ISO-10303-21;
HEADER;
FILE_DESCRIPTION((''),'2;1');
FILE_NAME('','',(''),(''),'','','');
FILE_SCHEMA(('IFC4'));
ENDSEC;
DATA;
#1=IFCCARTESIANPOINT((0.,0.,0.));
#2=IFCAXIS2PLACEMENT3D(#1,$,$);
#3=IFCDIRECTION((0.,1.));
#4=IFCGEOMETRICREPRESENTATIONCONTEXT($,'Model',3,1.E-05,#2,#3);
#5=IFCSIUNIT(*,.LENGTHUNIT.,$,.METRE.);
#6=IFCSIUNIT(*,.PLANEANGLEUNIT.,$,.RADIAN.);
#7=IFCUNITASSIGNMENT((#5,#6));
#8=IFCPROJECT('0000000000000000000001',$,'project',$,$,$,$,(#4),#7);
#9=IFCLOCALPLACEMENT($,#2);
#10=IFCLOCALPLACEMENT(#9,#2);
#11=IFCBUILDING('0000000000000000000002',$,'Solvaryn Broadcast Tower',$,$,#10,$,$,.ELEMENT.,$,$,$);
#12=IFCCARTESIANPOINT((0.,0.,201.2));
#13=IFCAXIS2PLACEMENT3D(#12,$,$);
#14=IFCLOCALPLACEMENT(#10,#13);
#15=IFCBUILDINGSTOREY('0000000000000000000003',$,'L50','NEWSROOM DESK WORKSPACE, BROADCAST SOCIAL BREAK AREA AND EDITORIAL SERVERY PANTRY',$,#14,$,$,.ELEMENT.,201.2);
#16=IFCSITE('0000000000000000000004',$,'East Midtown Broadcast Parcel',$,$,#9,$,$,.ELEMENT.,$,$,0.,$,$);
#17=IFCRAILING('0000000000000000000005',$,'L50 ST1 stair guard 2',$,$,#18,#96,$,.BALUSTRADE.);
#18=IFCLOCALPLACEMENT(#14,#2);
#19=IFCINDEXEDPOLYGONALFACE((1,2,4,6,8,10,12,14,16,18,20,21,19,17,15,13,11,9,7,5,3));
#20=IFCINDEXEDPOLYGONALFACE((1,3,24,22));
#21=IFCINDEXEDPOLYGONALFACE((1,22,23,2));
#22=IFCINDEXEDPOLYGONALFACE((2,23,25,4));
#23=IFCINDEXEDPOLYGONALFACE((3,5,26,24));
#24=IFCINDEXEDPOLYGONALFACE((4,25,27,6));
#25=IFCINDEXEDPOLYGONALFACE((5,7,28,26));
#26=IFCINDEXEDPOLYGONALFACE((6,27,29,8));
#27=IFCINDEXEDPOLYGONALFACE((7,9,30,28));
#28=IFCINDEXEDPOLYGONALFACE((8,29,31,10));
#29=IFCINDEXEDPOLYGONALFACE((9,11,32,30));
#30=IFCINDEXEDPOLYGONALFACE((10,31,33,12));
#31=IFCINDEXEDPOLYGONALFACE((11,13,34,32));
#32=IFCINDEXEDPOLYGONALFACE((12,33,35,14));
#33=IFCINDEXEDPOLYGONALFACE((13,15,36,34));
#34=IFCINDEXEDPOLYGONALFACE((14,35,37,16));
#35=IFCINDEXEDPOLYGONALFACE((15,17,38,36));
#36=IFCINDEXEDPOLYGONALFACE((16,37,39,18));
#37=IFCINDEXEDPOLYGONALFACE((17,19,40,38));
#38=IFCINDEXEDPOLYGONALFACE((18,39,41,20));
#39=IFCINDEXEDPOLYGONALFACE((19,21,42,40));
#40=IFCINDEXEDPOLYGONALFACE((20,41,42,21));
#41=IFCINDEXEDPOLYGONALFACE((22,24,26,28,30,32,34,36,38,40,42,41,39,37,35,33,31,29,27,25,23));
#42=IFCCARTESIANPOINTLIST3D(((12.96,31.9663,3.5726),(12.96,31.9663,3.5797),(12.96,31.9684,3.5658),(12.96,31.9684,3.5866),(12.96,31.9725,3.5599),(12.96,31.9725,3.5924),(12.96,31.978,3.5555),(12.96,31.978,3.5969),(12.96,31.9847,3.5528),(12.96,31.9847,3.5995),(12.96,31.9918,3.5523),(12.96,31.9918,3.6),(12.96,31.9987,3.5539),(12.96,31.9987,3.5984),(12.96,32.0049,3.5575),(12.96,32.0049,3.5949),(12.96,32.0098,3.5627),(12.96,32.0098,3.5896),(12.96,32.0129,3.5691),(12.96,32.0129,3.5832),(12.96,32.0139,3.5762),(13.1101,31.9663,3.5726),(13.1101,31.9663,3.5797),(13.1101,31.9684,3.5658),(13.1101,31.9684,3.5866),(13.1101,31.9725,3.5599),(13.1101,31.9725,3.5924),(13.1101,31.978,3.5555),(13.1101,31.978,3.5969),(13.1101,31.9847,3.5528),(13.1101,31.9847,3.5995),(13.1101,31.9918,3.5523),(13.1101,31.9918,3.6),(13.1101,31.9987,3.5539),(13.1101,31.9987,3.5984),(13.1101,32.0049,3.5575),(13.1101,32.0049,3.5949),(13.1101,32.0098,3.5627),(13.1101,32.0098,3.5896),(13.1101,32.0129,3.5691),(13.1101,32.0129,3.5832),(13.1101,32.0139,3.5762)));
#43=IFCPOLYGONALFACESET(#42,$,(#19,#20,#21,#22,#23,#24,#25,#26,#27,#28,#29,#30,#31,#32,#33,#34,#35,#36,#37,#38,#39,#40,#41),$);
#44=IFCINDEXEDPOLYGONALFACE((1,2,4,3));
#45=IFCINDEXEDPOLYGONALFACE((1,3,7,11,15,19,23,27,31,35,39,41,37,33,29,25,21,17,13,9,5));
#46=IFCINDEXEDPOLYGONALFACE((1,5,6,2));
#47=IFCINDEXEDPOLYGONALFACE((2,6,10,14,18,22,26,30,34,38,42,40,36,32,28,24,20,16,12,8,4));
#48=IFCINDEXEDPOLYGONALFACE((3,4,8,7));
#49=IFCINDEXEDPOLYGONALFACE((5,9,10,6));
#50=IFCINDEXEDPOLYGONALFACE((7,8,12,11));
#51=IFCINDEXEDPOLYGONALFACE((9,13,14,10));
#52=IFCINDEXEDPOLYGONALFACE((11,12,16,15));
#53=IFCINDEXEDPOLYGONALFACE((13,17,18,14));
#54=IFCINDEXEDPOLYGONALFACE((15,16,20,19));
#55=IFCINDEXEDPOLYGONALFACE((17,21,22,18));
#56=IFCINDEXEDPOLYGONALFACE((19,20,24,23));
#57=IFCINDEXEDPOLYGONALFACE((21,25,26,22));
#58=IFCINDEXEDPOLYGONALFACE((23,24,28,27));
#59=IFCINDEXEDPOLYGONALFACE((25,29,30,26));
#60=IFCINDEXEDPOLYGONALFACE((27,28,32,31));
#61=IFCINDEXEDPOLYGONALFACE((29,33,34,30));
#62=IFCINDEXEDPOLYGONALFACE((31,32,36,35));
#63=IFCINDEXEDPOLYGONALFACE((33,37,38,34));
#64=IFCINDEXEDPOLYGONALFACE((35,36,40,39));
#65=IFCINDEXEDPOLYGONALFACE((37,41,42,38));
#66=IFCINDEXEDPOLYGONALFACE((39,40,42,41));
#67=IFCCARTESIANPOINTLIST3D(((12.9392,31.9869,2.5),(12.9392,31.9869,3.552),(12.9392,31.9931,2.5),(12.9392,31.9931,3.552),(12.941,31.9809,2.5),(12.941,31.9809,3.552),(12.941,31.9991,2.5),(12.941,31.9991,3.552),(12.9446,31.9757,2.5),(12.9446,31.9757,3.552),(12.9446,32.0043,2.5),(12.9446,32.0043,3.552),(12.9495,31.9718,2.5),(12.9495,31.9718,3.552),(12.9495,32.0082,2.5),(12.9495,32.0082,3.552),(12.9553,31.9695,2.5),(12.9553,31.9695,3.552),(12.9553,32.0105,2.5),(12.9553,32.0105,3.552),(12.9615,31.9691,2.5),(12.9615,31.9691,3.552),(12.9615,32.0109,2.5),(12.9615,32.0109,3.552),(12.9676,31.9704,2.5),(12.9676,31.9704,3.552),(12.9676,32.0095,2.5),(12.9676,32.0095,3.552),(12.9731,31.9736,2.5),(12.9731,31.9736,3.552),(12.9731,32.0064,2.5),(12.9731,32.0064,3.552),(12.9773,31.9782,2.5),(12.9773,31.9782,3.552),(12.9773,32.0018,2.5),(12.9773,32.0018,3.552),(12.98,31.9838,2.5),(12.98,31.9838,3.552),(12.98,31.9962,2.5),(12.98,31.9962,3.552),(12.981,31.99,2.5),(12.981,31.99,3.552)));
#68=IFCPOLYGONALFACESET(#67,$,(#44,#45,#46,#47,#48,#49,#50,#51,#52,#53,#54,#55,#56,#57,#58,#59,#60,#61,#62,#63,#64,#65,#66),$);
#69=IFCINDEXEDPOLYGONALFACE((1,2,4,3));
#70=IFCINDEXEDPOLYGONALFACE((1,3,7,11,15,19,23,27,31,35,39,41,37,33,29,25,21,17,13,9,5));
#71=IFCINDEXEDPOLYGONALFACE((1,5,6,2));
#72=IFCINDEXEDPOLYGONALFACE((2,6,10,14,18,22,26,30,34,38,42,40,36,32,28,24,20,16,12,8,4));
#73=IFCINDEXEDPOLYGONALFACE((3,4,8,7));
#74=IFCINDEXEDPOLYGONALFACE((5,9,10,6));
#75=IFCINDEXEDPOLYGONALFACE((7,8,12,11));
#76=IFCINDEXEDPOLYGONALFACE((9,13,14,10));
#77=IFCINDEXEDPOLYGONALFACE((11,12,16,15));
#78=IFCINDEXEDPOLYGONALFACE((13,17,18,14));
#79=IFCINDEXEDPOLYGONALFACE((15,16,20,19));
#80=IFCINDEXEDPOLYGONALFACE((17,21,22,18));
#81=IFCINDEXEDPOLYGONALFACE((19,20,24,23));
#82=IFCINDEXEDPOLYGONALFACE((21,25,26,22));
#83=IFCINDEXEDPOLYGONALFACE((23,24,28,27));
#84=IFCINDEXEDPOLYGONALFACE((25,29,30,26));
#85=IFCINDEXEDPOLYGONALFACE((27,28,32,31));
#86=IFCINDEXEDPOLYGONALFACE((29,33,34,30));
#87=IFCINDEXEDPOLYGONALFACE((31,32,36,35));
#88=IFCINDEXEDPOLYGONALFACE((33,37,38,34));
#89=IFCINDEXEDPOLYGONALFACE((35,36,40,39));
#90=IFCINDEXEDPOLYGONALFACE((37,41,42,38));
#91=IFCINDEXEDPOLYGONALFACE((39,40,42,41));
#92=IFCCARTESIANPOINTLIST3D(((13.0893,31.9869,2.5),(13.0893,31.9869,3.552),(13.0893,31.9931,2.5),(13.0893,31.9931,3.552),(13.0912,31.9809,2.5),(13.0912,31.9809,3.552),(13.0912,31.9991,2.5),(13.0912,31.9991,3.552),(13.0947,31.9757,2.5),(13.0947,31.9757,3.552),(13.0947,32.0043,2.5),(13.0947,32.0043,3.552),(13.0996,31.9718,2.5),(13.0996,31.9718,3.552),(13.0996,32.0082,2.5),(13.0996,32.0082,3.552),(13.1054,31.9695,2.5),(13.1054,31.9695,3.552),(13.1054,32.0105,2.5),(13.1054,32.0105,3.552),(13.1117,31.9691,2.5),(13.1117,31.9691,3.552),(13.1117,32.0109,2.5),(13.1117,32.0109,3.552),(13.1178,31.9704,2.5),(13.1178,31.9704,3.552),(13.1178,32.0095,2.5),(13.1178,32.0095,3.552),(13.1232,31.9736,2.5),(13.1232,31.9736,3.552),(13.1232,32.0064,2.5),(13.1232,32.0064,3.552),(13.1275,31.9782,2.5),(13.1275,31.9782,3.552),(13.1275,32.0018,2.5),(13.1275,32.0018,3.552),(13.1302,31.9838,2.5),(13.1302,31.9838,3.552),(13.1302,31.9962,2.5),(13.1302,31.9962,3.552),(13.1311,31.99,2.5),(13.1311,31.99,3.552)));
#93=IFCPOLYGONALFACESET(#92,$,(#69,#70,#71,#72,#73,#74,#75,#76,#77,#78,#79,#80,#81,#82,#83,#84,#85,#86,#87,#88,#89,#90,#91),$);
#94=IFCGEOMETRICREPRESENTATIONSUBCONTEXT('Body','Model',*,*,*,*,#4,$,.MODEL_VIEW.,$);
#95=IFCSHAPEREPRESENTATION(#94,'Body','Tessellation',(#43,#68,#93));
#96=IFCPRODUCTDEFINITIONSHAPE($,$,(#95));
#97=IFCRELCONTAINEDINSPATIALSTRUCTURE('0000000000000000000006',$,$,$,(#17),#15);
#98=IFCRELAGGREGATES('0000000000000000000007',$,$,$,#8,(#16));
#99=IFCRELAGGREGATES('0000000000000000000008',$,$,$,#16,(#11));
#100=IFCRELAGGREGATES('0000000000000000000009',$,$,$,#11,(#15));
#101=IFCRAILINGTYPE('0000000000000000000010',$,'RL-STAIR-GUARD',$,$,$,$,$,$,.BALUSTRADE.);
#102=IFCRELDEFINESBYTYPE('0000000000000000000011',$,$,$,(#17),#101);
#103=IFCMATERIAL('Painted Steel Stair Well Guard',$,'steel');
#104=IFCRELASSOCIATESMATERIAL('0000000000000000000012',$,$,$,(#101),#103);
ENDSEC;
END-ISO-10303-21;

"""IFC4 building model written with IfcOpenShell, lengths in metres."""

from ifc_helpers import new_model, si_unit, direction, frame, origin, origin_2d, place, context, subcontext, project, spatial, circle, extrude, material, type_object, element, save


model = new_model("IFC4")

# Units and contexts
model_context = context("Model", 3, precision=1e-05, world=origin(), true_north=direction((0.0, 1.0)))
body_context = subcontext(model_context, "Body", "Model", "MODEL_VIEW")
ifc_project = project(units=[si_unit("LENGTHUNIT", "METRE"), si_unit("PLANEANGLEUNIT", "RADIAN")], contexts=[model_context])

# Site, building, storey
site_placement = place(None, origin())
site = spatial("IfcSite", under=ifc_project, at=site_placement, Name="East Midtown Broadcast Parcel", CompositionType="ELEMENT", RefElevation=0.0)
building_placement = place(site_placement, origin())
building = spatial("IfcBuilding", under=site, at=building_placement, Name="Solvaryn Broadcast Tower", CompositionType="ELEMENT")
storey_placement = place(building_placement, frame((0.0, 0.0, 201.2)))
storey = spatial("IfcBuildingStorey", under=building, at=storey_placement, Name="L50", Description="NEWSROOM DESK WORKSPACE, BROADCAST SOCIAL BREAK AREA AND EDITORIAL SERVERY PANTRY", CompositionType="ELEMENT", Elevation=201.2)

# Railing
ifc_material_1 = material(Name="Painted Steel Stair Well Guard", Category="steel")
railing_type_1 = type_object("IfcRailingType", Name="RL-STAIR-GUARD", PredefinedType="BALUSTRADE", material=ifc_material_1)
railing_1_placement = place(storey_placement, frame((12.96, 31.99, 2.5)))
element("IfcRailing", 1, at=railing_1_placement, inside=storey, type_object=railing_type_1, Name="L50 ST1 stair guard 2", PredefinedType="BALUSTRADE", context=body_context, shape_type="SweptSolid", body=[
    extrude(circle(Radius=0.0239, at=origin_2d()), frame((0.0, 0.0, 1.0762), z_axis=(1.0, 0.0, 0.0), x_axis=(0.0, 1.0, 0.0)), (0.0, 0.0, 1.0), 0.1501),
    extrude(circle(Radius=0.021, at=origin_2d()), origin(), (0.0, 0.0, 1.0), 1.052),
    extrude(circle(Radius=0.021, at=origin_2d()), frame((0.1501, 0.0, 0.0)), (0.0, 0.0, 1.0), 1.052),
])

save(model, "model.ifc")
